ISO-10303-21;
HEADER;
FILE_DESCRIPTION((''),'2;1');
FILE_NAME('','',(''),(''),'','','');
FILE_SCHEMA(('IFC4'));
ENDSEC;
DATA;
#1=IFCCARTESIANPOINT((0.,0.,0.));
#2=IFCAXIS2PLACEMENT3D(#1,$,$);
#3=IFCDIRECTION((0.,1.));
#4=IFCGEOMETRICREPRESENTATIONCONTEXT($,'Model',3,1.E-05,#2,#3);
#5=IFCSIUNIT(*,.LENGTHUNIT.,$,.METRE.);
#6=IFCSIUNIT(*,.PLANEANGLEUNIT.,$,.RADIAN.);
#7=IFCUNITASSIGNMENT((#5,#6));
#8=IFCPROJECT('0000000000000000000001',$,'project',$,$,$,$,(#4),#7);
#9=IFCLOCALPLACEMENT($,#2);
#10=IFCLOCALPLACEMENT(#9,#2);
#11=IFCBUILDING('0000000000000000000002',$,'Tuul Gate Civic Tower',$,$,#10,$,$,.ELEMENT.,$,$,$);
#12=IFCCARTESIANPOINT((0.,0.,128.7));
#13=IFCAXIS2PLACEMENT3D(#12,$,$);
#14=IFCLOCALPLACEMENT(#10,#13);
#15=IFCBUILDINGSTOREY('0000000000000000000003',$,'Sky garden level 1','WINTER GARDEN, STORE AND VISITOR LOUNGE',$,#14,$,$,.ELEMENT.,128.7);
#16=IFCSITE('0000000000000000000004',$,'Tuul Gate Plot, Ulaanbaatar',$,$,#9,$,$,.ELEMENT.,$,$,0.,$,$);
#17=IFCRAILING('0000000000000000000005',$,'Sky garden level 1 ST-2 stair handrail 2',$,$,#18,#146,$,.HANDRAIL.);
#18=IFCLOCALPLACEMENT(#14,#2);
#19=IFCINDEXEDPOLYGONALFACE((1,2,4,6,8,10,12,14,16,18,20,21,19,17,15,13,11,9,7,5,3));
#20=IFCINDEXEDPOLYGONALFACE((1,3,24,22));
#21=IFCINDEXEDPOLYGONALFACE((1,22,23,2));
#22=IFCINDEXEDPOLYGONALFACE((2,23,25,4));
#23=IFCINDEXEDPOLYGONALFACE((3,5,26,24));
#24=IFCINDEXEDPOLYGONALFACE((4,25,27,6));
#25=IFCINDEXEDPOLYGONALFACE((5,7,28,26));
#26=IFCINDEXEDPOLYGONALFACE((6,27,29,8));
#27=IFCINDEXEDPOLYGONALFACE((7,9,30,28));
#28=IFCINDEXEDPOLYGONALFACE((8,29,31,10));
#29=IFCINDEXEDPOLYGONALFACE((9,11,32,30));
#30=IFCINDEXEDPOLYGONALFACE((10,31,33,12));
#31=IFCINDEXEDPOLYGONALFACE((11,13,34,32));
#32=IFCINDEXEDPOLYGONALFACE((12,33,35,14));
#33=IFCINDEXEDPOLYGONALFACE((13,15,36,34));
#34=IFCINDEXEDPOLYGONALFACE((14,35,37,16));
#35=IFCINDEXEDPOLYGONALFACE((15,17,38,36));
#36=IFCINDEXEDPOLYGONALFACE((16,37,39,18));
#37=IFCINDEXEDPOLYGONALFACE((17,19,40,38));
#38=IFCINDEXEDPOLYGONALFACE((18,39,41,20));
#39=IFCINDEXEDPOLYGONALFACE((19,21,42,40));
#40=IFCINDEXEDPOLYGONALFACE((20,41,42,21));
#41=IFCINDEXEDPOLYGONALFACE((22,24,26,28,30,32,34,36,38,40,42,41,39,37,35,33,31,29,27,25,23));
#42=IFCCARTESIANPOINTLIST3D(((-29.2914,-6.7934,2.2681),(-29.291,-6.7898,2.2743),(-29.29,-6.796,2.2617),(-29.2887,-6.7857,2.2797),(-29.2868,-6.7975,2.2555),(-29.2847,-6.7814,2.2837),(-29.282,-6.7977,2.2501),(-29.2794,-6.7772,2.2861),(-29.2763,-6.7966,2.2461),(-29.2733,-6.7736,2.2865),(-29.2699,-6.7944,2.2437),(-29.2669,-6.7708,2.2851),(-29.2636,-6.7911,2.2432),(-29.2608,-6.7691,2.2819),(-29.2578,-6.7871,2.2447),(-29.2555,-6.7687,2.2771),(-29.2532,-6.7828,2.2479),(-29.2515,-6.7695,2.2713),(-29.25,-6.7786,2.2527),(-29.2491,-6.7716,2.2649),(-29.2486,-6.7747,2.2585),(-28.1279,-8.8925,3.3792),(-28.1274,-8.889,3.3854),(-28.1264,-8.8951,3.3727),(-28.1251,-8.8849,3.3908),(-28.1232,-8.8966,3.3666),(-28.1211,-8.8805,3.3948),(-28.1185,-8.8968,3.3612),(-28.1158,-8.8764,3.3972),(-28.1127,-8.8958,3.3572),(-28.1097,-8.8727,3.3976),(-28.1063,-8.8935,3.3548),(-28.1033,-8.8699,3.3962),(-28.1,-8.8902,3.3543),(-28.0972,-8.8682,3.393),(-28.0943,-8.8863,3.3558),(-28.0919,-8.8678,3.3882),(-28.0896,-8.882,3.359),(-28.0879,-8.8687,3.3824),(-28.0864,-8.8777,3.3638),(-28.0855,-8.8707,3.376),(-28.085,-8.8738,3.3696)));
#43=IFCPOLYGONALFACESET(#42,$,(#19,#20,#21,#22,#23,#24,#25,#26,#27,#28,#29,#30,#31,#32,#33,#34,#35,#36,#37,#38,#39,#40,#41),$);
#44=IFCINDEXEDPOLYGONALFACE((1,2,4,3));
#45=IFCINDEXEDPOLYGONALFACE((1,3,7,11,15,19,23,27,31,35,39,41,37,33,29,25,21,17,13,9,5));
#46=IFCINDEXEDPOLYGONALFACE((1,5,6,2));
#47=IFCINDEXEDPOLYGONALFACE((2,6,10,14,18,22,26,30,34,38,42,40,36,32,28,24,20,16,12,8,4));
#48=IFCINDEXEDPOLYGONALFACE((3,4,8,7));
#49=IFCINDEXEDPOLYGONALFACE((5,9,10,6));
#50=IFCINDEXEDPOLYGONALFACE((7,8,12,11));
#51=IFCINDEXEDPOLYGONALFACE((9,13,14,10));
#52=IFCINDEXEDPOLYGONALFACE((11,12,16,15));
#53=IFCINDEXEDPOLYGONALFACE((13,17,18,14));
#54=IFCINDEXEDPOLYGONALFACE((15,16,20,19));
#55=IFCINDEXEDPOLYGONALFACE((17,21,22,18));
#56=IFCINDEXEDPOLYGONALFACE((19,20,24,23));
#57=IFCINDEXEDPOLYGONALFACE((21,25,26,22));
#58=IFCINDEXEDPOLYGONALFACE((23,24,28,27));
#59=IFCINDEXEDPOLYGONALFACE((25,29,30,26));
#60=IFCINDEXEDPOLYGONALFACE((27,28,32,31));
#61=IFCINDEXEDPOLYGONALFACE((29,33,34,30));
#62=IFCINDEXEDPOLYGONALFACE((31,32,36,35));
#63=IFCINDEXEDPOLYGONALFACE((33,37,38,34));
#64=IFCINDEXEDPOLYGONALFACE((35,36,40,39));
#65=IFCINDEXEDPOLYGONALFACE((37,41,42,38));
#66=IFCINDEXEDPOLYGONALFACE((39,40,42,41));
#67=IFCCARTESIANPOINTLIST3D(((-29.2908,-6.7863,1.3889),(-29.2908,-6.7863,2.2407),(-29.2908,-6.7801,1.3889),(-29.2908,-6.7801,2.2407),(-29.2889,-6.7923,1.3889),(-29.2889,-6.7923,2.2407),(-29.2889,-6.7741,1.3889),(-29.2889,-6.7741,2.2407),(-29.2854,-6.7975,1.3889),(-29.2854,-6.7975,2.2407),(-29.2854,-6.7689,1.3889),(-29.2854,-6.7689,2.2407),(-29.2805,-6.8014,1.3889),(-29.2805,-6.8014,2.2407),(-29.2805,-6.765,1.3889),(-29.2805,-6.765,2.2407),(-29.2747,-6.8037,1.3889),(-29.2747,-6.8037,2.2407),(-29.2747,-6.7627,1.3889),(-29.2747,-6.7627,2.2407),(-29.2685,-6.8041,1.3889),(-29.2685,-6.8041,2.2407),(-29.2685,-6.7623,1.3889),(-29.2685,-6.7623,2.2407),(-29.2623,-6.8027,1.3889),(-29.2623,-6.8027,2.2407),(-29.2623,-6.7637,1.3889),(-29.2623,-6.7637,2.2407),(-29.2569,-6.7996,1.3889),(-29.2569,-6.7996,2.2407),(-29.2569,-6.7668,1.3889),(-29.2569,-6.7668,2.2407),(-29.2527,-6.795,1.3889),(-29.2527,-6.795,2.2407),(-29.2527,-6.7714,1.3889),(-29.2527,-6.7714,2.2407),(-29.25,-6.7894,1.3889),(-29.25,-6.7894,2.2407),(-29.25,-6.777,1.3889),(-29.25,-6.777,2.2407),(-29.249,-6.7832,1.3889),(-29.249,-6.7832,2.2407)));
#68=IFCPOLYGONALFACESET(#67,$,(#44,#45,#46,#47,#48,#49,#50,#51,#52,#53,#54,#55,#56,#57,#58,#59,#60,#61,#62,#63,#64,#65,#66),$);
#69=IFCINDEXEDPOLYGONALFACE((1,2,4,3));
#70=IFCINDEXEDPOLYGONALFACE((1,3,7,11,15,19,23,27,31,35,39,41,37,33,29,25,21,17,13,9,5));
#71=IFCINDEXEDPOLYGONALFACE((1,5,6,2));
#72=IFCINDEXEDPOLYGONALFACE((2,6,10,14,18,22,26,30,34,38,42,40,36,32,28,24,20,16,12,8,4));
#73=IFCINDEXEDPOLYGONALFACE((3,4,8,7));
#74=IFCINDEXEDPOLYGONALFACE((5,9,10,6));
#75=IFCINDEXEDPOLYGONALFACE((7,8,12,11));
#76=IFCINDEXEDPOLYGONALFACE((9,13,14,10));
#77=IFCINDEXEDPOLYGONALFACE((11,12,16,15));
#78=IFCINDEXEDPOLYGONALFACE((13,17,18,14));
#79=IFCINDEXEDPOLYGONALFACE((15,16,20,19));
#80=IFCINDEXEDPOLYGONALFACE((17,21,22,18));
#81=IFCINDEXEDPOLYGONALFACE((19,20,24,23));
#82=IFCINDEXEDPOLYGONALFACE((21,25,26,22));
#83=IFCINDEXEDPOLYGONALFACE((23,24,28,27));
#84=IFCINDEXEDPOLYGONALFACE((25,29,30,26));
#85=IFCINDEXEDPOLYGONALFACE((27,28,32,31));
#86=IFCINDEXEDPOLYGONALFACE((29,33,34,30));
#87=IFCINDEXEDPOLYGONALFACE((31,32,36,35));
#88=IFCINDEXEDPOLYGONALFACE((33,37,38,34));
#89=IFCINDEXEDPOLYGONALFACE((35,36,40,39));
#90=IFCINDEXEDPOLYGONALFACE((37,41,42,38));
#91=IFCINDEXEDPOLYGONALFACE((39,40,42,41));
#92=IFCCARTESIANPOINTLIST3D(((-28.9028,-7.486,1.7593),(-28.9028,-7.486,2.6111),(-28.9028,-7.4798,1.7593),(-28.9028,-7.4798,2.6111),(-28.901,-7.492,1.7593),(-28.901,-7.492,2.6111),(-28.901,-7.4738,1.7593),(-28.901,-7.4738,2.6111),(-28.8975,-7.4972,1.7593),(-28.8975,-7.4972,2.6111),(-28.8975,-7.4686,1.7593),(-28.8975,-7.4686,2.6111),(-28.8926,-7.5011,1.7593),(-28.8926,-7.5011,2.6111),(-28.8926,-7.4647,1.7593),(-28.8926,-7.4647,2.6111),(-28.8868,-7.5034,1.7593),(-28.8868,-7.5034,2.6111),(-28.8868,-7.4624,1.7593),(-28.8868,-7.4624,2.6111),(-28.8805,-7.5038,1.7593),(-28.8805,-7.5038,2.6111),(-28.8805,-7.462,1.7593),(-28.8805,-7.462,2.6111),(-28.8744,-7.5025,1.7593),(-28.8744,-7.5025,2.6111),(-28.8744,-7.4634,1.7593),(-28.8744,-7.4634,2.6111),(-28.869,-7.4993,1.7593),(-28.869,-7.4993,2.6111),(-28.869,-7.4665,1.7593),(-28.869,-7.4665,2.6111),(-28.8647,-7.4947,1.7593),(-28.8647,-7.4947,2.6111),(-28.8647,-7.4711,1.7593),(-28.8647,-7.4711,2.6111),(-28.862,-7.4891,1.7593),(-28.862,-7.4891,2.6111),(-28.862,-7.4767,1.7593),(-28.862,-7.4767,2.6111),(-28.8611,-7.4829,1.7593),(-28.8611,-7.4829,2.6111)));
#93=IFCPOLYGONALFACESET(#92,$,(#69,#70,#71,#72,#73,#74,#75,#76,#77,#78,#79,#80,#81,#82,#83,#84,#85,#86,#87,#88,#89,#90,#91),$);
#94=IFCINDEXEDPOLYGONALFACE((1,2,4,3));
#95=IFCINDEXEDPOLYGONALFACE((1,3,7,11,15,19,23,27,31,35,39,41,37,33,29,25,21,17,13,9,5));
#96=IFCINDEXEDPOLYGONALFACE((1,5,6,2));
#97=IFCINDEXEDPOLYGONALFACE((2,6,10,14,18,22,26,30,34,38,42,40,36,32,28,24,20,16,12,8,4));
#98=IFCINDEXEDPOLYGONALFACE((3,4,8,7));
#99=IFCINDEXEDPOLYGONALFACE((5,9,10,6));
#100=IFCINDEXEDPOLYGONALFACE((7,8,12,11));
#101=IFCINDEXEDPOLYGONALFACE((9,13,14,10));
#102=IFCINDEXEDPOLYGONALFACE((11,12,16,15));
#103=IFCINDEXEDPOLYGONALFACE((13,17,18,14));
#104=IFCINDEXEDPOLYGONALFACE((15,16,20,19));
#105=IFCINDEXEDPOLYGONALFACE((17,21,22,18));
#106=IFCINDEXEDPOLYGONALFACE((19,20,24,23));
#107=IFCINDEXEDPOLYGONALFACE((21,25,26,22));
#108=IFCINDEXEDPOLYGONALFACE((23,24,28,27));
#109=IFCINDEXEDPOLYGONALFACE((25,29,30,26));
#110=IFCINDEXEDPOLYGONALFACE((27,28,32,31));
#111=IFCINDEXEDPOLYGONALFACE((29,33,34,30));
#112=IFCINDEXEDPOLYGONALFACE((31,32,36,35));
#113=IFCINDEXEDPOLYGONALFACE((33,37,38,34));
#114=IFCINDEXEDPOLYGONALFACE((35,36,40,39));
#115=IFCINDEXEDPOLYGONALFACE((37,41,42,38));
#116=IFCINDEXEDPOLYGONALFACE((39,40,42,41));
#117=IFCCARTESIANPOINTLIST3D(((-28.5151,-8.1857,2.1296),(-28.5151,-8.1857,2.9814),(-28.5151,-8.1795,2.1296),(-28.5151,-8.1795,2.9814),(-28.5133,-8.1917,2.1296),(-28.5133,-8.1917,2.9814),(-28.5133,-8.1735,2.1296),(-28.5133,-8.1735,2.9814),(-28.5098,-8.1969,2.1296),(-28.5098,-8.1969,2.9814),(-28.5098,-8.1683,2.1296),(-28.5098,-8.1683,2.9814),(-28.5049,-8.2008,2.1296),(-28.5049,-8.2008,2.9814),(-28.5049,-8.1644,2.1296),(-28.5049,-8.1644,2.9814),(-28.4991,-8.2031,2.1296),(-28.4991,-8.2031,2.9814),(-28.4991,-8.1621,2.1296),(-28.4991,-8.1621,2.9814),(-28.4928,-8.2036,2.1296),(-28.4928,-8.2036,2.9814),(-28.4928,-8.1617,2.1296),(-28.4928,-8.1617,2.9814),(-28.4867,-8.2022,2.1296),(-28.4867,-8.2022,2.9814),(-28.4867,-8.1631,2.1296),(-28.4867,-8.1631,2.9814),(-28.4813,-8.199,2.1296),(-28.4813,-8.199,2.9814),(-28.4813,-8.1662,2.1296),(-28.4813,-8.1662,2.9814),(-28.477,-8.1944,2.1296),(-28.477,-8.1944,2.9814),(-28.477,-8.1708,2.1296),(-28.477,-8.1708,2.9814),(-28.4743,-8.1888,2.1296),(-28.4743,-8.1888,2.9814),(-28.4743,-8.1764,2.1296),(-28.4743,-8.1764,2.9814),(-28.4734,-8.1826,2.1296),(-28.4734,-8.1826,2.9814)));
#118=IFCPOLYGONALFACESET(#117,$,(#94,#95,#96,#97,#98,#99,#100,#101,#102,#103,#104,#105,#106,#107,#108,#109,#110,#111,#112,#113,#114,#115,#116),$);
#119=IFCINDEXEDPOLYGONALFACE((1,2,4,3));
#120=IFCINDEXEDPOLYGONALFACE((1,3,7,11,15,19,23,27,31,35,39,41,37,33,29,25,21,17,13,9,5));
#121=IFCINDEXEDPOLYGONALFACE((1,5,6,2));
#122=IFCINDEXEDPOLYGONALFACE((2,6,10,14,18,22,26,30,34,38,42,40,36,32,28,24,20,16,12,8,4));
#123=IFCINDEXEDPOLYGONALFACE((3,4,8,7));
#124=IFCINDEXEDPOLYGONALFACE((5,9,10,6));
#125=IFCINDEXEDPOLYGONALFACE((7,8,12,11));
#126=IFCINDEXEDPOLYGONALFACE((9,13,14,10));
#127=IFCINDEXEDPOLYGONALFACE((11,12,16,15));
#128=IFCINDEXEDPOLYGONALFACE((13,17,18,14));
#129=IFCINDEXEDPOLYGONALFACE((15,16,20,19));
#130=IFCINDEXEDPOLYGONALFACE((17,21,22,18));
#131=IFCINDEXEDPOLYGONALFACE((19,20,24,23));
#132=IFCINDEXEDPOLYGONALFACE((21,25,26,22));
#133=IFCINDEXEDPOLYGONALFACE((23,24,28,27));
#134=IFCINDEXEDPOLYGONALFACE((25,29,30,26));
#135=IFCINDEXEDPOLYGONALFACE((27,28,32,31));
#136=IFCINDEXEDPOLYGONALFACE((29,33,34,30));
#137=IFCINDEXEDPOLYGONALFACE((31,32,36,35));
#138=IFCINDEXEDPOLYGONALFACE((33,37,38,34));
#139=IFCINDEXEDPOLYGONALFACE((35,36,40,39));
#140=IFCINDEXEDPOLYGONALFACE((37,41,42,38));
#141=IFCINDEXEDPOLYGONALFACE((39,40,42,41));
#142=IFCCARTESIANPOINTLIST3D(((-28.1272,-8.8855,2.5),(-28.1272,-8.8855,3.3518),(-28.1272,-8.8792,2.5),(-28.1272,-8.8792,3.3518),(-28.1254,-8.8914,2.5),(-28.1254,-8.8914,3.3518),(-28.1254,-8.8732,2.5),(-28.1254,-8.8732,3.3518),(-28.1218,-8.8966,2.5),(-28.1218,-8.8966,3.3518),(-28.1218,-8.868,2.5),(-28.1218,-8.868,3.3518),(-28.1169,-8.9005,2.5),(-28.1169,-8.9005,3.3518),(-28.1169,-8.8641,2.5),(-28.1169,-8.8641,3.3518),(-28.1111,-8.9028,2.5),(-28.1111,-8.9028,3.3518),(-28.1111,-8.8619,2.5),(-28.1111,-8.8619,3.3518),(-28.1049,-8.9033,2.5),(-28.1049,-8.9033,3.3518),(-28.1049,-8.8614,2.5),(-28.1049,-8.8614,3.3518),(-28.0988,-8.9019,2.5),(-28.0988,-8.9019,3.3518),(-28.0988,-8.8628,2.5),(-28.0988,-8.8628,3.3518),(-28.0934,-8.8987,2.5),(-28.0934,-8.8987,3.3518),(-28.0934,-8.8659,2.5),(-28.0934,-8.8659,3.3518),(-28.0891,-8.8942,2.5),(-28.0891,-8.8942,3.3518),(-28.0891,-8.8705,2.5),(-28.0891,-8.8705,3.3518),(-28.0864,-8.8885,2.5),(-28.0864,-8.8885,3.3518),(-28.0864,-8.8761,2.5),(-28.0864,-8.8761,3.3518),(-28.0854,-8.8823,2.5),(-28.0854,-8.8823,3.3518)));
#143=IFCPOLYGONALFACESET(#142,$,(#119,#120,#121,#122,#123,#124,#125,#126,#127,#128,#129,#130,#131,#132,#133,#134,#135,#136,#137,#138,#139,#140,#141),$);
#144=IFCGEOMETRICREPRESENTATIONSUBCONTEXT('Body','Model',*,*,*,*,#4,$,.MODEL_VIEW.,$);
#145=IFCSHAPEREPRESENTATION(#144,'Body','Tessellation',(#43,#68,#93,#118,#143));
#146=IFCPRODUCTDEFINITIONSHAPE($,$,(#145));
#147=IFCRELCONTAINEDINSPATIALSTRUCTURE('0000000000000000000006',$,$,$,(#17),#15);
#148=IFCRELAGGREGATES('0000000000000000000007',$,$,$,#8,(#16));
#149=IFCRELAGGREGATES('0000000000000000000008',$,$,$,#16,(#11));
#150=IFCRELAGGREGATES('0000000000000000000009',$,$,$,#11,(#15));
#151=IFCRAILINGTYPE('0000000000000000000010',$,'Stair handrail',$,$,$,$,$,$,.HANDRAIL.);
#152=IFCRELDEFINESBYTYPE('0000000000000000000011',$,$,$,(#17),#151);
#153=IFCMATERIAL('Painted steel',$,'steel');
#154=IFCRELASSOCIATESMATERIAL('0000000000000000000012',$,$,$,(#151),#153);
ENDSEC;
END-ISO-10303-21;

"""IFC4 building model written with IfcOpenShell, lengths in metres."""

from ifc_helpers import new_model, si_unit, direction, frame, origin, origin_2d, place, context, subcontext, project, spatial, circle, extrude, material, type_object, element, save


model = new_model("IFC4")

# Units and contexts
model_context = context("Model", 3, precision=1e-05, world=origin(), true_north=direction((0.0, 1.0)))
body_context = subcontext(model_context, "Body", "Model", "MODEL_VIEW")
ifc_project = project(units=[si_unit("LENGTHUNIT", "METRE"), si_unit("PLANEANGLEUNIT", "RADIAN")], contexts=[model_context])

# Site, building, storey
site_placement = place(None, origin())
site = spatial("IfcSite", under=ifc_project, at=site_placement, Name="Tuul Gate Plot, Ulaanbaatar", CompositionType="ELEMENT", RefElevation=0.0)
building_placement = place(site_placement, origin())
building = spatial("IfcBuilding", under=site, at=building_placement, Name="Tuul Gate Civic Tower", CompositionType="ELEMENT")
storey_placement = place(building_placement, frame((0.0, 0.0, 128.7)))
storey = spatial("IfcBuildingStorey", under=building, at=storey_placement, Name="Sky garden level 1", Description="WINTER GARDEN, STORE AND VISITOR LOUNGE", CompositionType="ELEMENT", Elevation=128.7)

# Railing
ifc_material_1 = material(Name="Painted steel", Category="steel")
railing_type_1 = type_object("IfcRailingType", Name="Stair handrail", PredefinedType="HANDRAIL", material=ifc_material_1)
railing_1_placement = place(storey_placement, frame((-29.27, -6.7832, 1.3889)))
element("IfcRailing", 1, at=railing_1_placement, inside=storey, type_object=railing_type_1, Name="Sky garden level 1 ST-2 stair handrail 2", PredefinedType="HANDRAIL", context=body_context, shape_type="SweptSolid", body=[
    extrude(circle(Radius=0.0239, at=origin_2d()), frame((0.0, 0.0, 0.876), z_axis=(0.439956, -0.793692, 0.420109), x_axis=(0.874618, 0.484814, 0.0)), (0.0, 0.0, 1.0), 2.6448),
    extrude(circle(Radius=0.021, at=origin_2d()), origin(), (0.0, 0.0, 1.0), 0.8518),
    extrude(circle(Radius=0.021, at=origin_2d()), frame((0.3879, -0.6997, 0.3704)), (0.0, 0.0, 1.0), 0.8518),
    extrude(circle(Radius=0.021, at=origin_2d()), frame((0.7756, -1.3994, 0.7407)), (0.0, 0.0, 1.0), 0.8518),
    extrude(circle(Radius=0.021, at=origin_2d()), frame((1.1636, -2.0991, 1.1111)), (0.0, 0.0, 1.0), 0.8518),
])

save(model, "model.ifc")
